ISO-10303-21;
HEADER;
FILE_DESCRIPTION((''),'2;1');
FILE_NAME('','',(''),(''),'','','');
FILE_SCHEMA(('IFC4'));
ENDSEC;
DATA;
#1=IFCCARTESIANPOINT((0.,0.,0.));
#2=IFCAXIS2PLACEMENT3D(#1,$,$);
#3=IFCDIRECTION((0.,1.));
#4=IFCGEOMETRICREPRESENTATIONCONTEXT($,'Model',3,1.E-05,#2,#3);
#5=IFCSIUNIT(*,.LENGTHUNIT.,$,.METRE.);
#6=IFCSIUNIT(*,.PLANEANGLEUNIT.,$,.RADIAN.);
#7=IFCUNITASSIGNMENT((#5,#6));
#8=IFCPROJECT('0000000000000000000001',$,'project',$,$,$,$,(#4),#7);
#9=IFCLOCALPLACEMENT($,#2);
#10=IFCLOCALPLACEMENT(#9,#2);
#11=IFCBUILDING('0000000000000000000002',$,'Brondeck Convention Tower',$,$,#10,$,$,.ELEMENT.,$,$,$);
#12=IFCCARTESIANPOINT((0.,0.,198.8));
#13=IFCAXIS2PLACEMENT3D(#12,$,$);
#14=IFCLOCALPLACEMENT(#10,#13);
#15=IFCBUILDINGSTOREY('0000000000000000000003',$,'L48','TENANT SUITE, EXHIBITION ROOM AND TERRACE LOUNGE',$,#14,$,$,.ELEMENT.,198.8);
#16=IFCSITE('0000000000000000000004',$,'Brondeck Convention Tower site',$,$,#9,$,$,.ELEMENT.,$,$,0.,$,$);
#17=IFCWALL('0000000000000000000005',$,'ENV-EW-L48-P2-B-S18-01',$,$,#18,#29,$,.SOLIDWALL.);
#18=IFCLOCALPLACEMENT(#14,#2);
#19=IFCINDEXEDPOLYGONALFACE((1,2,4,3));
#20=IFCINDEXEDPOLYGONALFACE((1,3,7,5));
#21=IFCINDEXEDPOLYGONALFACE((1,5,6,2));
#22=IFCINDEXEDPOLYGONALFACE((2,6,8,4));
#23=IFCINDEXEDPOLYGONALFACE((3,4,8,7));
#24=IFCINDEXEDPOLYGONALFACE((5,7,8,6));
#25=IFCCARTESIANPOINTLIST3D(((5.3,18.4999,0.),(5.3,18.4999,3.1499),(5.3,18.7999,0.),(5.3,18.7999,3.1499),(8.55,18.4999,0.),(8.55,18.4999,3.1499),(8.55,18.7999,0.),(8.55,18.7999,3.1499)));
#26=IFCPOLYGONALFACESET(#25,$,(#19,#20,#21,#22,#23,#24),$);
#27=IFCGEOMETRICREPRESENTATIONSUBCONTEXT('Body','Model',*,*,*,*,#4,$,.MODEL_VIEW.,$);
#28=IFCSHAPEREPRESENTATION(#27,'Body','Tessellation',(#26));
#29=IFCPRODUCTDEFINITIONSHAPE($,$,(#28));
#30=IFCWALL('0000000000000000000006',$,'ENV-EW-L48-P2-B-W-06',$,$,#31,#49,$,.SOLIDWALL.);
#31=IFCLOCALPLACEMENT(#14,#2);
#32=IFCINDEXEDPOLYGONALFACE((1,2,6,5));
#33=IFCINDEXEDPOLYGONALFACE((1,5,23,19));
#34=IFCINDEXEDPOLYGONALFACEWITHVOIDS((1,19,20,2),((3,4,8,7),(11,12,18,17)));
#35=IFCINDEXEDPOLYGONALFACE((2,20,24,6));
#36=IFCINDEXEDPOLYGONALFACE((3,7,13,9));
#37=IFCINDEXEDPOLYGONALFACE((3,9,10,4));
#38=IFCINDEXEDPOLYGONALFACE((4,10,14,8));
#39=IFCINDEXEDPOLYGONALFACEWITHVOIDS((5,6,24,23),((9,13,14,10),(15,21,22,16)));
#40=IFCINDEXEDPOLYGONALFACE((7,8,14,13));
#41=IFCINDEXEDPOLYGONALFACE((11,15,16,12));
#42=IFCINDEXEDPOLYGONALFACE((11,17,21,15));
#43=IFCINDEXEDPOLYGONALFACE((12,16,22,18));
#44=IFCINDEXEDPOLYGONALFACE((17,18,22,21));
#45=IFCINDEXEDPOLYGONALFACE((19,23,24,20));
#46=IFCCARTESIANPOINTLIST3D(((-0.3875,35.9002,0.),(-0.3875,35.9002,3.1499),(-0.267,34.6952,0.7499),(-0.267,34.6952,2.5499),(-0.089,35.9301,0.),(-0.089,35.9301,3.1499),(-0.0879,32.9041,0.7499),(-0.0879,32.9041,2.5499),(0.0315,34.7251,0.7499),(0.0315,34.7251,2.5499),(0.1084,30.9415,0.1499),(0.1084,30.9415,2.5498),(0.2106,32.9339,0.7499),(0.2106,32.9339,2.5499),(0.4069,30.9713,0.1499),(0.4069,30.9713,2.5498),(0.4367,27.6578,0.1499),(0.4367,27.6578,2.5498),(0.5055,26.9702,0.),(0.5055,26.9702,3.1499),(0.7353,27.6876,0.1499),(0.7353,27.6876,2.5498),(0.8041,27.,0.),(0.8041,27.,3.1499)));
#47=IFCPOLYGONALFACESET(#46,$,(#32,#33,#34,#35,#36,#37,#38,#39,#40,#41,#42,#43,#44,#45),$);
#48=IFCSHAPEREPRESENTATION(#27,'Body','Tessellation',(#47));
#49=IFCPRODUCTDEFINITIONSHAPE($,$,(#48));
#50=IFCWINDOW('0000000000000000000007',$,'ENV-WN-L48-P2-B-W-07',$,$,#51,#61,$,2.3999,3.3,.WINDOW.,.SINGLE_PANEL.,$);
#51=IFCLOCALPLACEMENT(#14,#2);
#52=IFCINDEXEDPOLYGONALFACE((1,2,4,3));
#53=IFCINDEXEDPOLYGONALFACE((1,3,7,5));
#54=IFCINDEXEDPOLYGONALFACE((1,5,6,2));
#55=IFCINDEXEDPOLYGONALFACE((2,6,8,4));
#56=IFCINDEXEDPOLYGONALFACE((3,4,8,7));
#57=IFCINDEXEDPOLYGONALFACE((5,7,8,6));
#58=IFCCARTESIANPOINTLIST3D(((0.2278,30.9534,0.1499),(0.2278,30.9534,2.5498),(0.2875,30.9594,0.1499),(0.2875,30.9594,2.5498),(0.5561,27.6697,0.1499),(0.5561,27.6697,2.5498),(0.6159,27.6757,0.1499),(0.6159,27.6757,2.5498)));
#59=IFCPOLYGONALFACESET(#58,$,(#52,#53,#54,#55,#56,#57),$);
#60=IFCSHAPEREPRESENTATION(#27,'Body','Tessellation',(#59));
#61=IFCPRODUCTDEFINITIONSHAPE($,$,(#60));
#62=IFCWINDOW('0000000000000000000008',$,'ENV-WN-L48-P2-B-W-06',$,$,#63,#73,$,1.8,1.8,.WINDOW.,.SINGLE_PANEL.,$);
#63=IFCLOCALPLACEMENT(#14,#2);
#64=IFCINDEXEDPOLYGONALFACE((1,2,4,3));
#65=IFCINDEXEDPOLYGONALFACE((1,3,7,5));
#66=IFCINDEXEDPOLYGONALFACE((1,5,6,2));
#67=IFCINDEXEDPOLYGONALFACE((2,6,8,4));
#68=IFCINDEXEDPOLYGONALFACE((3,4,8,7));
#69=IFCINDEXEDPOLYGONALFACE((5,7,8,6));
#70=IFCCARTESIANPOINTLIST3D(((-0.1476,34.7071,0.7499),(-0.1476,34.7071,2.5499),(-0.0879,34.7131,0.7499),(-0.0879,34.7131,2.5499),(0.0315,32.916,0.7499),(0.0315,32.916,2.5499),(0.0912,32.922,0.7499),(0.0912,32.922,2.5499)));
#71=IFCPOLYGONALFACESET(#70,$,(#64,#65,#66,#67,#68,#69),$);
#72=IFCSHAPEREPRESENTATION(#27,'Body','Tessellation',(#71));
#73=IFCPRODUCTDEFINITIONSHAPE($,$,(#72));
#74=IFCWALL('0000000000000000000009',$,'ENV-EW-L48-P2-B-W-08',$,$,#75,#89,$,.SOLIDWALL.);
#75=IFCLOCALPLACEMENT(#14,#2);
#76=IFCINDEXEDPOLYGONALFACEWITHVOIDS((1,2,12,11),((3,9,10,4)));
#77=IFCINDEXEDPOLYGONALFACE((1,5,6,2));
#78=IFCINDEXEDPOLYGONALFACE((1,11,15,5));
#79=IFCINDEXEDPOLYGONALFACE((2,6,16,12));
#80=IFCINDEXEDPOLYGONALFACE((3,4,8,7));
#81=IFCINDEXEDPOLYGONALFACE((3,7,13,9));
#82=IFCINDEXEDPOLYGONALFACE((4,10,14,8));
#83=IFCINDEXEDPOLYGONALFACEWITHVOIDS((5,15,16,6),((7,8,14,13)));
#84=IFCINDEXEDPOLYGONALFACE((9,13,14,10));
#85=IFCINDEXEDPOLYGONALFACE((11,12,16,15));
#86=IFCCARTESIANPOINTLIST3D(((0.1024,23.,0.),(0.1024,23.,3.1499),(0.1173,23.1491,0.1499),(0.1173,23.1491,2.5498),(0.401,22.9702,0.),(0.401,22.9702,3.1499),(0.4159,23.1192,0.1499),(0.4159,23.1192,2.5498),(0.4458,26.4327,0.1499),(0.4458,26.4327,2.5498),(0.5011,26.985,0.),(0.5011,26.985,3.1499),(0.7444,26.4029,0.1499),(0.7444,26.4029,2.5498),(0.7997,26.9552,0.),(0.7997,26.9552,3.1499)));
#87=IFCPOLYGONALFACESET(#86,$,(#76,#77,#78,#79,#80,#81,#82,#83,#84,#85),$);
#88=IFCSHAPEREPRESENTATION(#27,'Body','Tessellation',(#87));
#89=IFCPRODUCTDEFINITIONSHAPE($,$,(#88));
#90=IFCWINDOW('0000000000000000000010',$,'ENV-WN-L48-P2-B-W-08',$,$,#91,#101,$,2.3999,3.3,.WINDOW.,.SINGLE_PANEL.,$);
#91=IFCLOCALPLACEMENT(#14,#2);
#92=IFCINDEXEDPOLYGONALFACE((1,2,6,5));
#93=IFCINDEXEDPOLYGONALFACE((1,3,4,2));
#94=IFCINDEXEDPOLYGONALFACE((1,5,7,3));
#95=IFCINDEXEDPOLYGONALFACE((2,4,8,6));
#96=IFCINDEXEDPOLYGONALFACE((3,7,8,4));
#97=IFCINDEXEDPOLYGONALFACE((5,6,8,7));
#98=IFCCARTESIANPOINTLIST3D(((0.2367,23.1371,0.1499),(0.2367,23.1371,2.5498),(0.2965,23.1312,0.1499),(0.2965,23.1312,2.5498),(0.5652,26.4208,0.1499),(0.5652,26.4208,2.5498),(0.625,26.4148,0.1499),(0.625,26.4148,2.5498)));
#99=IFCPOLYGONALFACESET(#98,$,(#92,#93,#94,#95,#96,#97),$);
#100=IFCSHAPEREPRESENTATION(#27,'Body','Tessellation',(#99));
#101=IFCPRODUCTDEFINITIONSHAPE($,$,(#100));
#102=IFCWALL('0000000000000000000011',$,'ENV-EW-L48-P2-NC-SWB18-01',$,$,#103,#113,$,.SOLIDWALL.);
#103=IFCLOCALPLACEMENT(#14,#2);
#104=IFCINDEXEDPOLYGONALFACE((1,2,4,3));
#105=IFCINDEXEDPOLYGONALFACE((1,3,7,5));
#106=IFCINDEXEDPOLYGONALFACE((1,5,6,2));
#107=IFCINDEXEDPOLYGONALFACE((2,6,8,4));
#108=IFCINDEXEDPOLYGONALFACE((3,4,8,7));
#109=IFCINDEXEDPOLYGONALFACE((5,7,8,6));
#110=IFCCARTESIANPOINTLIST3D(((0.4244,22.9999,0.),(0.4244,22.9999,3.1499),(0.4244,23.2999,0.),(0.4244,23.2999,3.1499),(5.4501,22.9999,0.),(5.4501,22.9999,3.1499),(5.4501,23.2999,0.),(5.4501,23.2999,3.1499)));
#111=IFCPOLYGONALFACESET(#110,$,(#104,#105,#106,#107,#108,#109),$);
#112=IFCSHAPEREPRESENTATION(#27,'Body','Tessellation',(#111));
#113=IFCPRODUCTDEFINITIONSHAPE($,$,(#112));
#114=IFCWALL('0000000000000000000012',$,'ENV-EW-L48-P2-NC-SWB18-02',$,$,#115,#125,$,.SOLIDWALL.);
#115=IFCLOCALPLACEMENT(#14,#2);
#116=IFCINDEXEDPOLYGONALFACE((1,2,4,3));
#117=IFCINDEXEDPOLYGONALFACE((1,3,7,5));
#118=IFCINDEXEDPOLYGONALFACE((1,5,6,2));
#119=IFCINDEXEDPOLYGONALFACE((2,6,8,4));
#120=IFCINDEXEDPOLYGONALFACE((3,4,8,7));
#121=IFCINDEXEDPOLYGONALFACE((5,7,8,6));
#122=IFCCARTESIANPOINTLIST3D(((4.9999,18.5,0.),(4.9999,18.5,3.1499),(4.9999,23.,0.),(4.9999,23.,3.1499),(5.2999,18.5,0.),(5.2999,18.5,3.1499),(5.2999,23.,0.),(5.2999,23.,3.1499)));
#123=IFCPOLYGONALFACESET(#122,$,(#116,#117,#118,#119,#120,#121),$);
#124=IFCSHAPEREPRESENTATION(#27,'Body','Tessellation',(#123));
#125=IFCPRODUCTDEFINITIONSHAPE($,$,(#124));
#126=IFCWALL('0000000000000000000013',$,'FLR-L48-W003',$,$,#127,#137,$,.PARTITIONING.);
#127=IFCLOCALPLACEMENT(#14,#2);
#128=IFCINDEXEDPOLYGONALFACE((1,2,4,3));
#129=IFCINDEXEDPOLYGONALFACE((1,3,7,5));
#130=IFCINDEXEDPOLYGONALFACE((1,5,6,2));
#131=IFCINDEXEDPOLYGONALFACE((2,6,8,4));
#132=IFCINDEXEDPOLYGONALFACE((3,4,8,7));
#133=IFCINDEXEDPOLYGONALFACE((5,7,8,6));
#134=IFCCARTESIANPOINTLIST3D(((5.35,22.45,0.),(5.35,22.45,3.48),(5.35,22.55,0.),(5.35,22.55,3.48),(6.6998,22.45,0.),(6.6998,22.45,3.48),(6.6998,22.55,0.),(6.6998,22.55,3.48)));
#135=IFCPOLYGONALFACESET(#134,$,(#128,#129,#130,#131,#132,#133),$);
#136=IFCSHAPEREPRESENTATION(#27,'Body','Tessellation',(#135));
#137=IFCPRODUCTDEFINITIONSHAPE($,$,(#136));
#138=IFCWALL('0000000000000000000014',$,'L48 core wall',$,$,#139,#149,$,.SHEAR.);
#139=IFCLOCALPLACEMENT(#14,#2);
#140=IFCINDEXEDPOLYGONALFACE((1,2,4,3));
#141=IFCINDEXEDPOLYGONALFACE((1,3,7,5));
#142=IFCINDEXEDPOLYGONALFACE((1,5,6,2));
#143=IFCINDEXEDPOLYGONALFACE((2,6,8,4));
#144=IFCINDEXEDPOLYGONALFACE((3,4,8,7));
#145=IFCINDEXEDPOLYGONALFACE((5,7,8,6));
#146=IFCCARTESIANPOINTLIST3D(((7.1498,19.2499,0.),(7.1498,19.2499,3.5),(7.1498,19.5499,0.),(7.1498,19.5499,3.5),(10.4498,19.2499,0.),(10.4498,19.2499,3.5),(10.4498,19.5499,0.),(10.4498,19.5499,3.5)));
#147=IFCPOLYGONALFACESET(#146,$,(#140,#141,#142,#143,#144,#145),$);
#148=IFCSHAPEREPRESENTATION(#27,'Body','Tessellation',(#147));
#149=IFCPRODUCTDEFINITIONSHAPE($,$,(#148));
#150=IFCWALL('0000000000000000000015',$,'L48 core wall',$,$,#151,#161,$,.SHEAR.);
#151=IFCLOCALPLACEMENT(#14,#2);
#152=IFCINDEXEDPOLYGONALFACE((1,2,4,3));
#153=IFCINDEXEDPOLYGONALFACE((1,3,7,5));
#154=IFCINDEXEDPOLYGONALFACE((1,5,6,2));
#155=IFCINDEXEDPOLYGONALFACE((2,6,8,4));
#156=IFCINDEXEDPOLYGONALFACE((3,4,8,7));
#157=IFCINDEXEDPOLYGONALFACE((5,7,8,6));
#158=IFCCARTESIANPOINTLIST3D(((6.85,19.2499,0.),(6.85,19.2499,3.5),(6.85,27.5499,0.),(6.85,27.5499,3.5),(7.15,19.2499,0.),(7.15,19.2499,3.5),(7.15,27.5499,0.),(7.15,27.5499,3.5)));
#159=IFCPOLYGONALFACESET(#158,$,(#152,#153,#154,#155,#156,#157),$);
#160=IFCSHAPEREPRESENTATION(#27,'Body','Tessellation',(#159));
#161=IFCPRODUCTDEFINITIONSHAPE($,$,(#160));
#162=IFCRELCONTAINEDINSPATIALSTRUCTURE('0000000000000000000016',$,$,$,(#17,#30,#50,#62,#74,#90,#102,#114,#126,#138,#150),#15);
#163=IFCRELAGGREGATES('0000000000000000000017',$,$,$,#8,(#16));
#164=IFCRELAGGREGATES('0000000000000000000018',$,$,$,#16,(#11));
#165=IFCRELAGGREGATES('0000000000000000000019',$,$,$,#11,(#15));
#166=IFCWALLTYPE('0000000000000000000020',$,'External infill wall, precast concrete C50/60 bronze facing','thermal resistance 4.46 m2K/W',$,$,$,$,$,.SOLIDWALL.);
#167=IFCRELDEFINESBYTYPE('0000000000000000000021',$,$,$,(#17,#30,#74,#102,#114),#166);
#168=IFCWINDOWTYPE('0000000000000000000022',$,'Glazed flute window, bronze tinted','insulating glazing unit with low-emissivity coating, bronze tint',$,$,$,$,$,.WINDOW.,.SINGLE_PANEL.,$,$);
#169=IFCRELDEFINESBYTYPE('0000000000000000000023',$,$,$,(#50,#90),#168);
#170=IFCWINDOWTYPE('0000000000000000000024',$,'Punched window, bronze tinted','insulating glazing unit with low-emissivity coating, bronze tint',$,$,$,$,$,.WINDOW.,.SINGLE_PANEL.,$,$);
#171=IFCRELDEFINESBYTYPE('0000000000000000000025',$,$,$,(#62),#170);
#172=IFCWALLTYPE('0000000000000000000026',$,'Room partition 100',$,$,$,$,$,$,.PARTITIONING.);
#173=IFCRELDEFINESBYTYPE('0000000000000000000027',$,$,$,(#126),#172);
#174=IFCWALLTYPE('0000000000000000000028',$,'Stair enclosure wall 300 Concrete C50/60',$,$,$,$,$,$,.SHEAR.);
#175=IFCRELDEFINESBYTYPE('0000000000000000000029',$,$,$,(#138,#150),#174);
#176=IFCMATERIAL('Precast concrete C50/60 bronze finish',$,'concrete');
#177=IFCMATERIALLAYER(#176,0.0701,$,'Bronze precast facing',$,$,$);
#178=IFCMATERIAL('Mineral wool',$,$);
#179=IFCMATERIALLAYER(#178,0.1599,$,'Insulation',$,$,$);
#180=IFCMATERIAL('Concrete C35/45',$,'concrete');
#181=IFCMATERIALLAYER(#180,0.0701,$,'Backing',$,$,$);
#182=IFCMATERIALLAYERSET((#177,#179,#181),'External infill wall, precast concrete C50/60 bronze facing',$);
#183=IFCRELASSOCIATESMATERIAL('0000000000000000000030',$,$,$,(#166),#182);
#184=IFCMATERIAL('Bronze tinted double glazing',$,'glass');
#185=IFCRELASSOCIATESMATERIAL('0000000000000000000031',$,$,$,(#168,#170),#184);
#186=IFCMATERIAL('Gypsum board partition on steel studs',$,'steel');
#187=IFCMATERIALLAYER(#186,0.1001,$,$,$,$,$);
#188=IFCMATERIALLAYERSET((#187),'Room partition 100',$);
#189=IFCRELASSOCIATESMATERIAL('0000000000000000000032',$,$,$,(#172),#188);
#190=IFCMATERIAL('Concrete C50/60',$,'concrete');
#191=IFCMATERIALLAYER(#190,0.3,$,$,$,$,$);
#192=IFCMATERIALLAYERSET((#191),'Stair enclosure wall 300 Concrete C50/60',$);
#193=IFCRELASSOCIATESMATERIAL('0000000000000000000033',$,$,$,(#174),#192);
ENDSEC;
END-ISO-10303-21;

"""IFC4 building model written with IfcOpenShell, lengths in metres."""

from ifc_helpers import new_model, si_unit, direction, frame, frame_2d, origin, place, context, subcontext, project, spatial, rectangle, extrude, material, layer, layer_set, type_object, element, fill, save


model = new_model("IFC4")

# Units and contexts
model_context = context("Model", 3, precision=1e-05, world=origin(), true_north=direction((0.0, 1.0)))
body_context = subcontext(model_context, "Body", "Model", "MODEL_VIEW")
ifc_project = project(units=[si_unit("LENGTHUNIT", "METRE"), si_unit("PLANEANGLEUNIT", "RADIAN")], contexts=[model_context])

# Site, building, storey
site_placement = place(None, origin())
site = spatial("IfcSite", under=ifc_project, at=site_placement, Name="Brondeck Convention Tower site", CompositionType="ELEMENT", RefElevation=0.0)
building_placement = place(site_placement, origin())
building = spatial("IfcBuilding", under=site, at=building_placement, Name="Brondeck Convention Tower", CompositionType="ELEMENT")
storey_placement = place(building_placement, frame((0.0, 0.0, 198.8)))
storey = spatial("IfcBuildingStorey", under=building, at=storey_placement, Name="L48", Description="TENANT SUITE, EXHIBITION ROOM AND TERRACE LOUNGE", CompositionType="ELEMENT", Elevation=198.8)

# Shared definitions
ifc_material_1 = material(Name="Concrete C50/60", Category="concrete")

# Wall
ifc_material_2 = material(Name="Precast concrete C50/60 bronze finish", Category="concrete")
ifc_layer_1 = layer(ifc_material_2, 0.0701, Name="Bronze precast facing")
ifc_material_3 = material(Name="Mineral wool")
ifc_layer_2 = layer(ifc_material_3, 0.1599, Name="Insulation")
ifc_material_4 = material(Name="Concrete C35/45", Category="concrete")
ifc_layer_3 = layer(ifc_material_4, 0.0701, Name="Backing")
ifc_layer_set_1 = layer_set([ifc_layer_1, ifc_layer_2, ifc_layer_3], Name="External infill wall, precast concrete C50/60 bronze facing")
wall_type_1 = type_object("IfcWallType", Name="External infill wall, precast concrete C50/60 bronze facing", Description="thermal resistance 4.46 m2K/W", PredefinedType="SOLIDWALL", material=ifc_layer_set_1)
wall_1_placement = place(storey_placement, frame((8.55, 18.6499, 0.0), z_axis=(0.0, 0.0, 1.0), x_axis=(-1.0, 0.0, 0.0)))
element("IfcWall", 1, at=wall_1_placement, inside=storey, type_object=wall_type_1, Name="ENV-EW-L48-P2-B-S18-01", PredefinedType="SOLIDWALL", context=body_context, shape_type="SweptSolid", body=[
    extrude(rectangle(XDim=3.25, YDim=0.3, at=frame_2d((1.625, 0.0))), origin(), (0.0, 0.0, 1.0), 3.1499),
])

# Wall, openings, windows
wall_2_placement = place(storey_placement, frame((0.6548, 26.9851, 0.0), z_axis=(0.0, 0.0, 1.0), x_axis=(-0.099509, 0.995037, 0.0)))
wall_2 = element("IfcWall", 2, at=wall_2_placement, inside=storey, type_object=wall_type_1, Name="ENV-EW-L48-P2-B-W-06", PredefinedType="SOLIDWALL", context=body_context, shape_type="SweptSolid", body=[
    extrude(rectangle(XDim=8.9746, YDim=0.3, at=frame_2d((4.4873, 0.0))), origin(), (0.0, 0.0, 1.0), 3.1499),
])
opening_1_placement = place(wall_2_placement, frame((0.6912, 0.0, 0.1499)))
opening_1 = element("IfcOpeningElement", 3, at=opening_1_placement, cuts=wall_2, PredefinedType="OPENING", context=body_context, shape_type="SweptSolid", body=[
    extrude(rectangle(XDim=3.3, YDim=2.3999, at=frame_2d((1.6499, 1.2))), frame((0.0, 0.1599, 0.0), z_axis=(0.0, -1.0, 0.0), x_axis=(1.0, 0.0, 0.0)), (0.0, 0.0, 1.0), 0.3201),
])
opening_2_placement = place(wall_2_placement, frame((5.9636, 0.0, 0.75)))
opening_2 = element("IfcOpeningElement", 4, at=opening_2_placement, cuts=wall_2, PredefinedType="OPENING", context=body_context, shape_type="SweptSolid", body=[
    extrude(rectangle(XDim=1.8, YDim=1.8, at=frame_2d((0.8999, 0.8999))), frame((0.0, 0.1599, 0.0), z_axis=(0.0, -1.0, 0.0), x_axis=(1.0, 0.0, 0.0)), (0.0, 0.0, 1.0), 0.3201),
])
ifc_material_5 = material(Name="Bronze tinted double glazing", Category="glass")
window_type_1 = type_object("IfcWindowType", Name="Glazed flute window, bronze tinted", Description="insulating glazing unit with low-emissivity coating, bronze tint", PartitioningType="SINGLE_PANEL", PredefinedType="WINDOW", material=ifc_material_5)
window_1_placement = place(opening_1_placement, origin())
window_1 = element("IfcWindow", 5, at=window_1_placement, inside=storey, type_object=window_type_1, Name="ENV-WN-L48-P2-B-W-07", OverallHeight=2.3999, OverallWidth=3.3, PartitioningType="SINGLE_PANEL", PredefinedType="WINDOW", context=body_context, shape_type="SweptSolid", body=[
    extrude(rectangle(XDim=3.3, YDim=2.3999, at=frame_2d((1.6499, 1.2))), frame((0.0, 0.03, 0.0), z_axis=(0.0, -1.0, 0.0), x_axis=(1.0, 0.0, 0.0)), (0.0, 0.0, 1.0), 0.0601),
])
fill(opening_1, window_1)
window_type_2 = type_object("IfcWindowType", Name="Punched window, bronze tinted", Description="insulating glazing unit with low-emissivity coating, bronze tint", PartitioningType="SINGLE_PANEL", PredefinedType="WINDOW", material=ifc_material_5)
window_2_placement = place(opening_2_placement, origin())
window_2 = element("IfcWindow", 6, at=window_2_placement, inside=storey, type_object=window_type_2, Name="ENV-WN-L48-P2-B-W-06", OverallHeight=1.8, OverallWidth=1.8, PartitioningType="SINGLE_PANEL", PredefinedType="WINDOW", context=body_context, shape_type="SweptSolid", body=[
    extrude(rectangle(XDim=1.8, YDim=1.8, at=frame_2d((0.8999, 0.8999))), frame((0.0, 0.03, 0.0), z_axis=(0.0, -1.0, 0.0), x_axis=(1.0, 0.0, 0.0)), (0.0, 0.0, 1.0), 0.0601),
])
fill(opening_2, window_2)

# Wall, opening, window
wall_3_placement = place(storey_placement, frame((0.2517, 22.9851, 0.0), z_axis=(0.0, 0.0, 1.0), x_axis=(0.099546, 0.995033, 0.0)))
wall_3 = element("IfcWall", 7, at=wall_3_placement, inside=storey, type_object=wall_type_1, Name="ENV-EW-L48-P2-B-W-08", PredefinedType="SOLIDWALL", context=body_context, shape_type="SweptSolid", body=[
    extrude(rectangle(XDim=4.0049, YDim=0.3, at=frame_2d((2.0024, 0.0))), origin(), (0.0, 0.0, 1.0), 3.1499),
])
opening_3_placement = place(wall_3_placement, frame((0.1499, 0.0, 0.1499)))
opening_3 = element("IfcOpeningElement", 8, at=opening_3_placement, cuts=wall_3, PredefinedType="OPENING", context=body_context, shape_type="SweptSolid", body=[
    extrude(rectangle(XDim=3.3, YDim=2.3999, at=frame_2d((1.6499, 1.2))), frame((0.0, 0.1599, 0.0), z_axis=(0.0, -1.0, 0.0), x_axis=(1.0, 0.0, 0.0)), (0.0, 0.0, 1.0), 0.3201),
])
window_3_placement = place(opening_3_placement, origin())
window_3 = element("IfcWindow", 9, at=window_3_placement, inside=storey, type_object=window_type_1, Name="ENV-WN-L48-P2-B-W-08", OverallHeight=2.3999, OverallWidth=3.3, PartitioningType="SINGLE_PANEL", PredefinedType="WINDOW", context=body_context, shape_type="SweptSolid", body=[
    extrude(rectangle(XDim=3.3, YDim=2.3999, at=frame_2d((1.6499, 1.2))), frame((0.0, 0.03, 0.0), z_axis=(0.0, -1.0, 0.0), x_axis=(1.0, 0.0, 0.0)), (0.0, 0.0, 1.0), 0.0601),
])
fill(opening_3, window_3)

# Walls
wall_4_placement = place(storey_placement, frame((5.45, 23.1499, 0.0), z_axis=(0.0, 0.0, 1.0), x_axis=(-1.0, 0.0, 0.0)))
element("IfcWall", 10, at=wall_4_placement, inside=storey, type_object=wall_type_1, Name="ENV-EW-L48-P2-NC-SWB18-01", PredefinedType="SOLIDWALL", context=body_context, shape_type="SweptSolid", body=[
    extrude(rectangle(XDim=5.0256, YDim=0.3, at=frame_2d((2.5127, 0.0))), origin(), (0.0, 0.0, 1.0), 3.1499),
])
wall_5_placement = place(storey_placement, frame((5.1499, 18.5, 0.0), z_axis=(0.0, 0.0, 1.0), x_axis=(0.0, 1.0, 0.0)))
element("IfcWall", 11, at=wall_5_placement, inside=storey, type_object=wall_type_1, Name="ENV-EW-L48-P2-NC-SWB18-02", PredefinedType="SOLIDWALL", context=body_context, shape_type="SweptSolid", body=[
    extrude(rectangle(XDim=4.5, YDim=0.3, at=frame_2d((2.25, 0.0))), origin(), (0.0, 0.0, 1.0), 3.1499),
])
ifc_material_6 = material(Name="Gypsum board partition on steel studs", Category="steel")
ifc_layer_4 = layer(ifc_material_6, 0.1001)
ifc_layer_set_2 = layer_set([ifc_layer_4], Name="Room partition 100")
wall_type_2 = type_object("IfcWallType", Name="Room partition 100", PredefinedType="PARTITIONING", material=ifc_layer_set_2)
wall_6_placement = place(storey_placement, frame((5.3501, 22.5, 0.0), z_axis=(0.0, 0.0, 1.0), x_axis=(1.0, 0.0, 0.0)))
element("IfcWall", 12, at=wall_6_placement, inside=storey, type_object=wall_type_2, Name="FLR-L48-W003", PredefinedType="PARTITIONING", context=body_context, shape_type="SweptSolid", body=[
    extrude(rectangle(XDim=1.3499, YDim=0.1001, at=frame_2d((0.6748, 0.0))), origin(), (0.0, 0.0, 1.0), 3.48),
])
ifc_layer_5 = layer(ifc_material_1, 0.3)
ifc_layer_set_3 = layer_set([ifc_layer_5], Name="Stair enclosure wall 300 Concrete C50/60")
wall_type_3 = type_object("IfcWallType", Name="Stair enclosure wall 300 Concrete C50/60", PredefinedType="SHEAR", material=ifc_layer_set_3)
wall_7_placement = place(storey_placement, frame((7.1499, 19.3999, 0.0), z_axis=(0.0, 0.0, 1.0), x_axis=(1.0, 0.0, 0.0)))
element("IfcWall", 13, at=wall_7_placement, inside=storey, type_object=wall_type_3, Name="L48 core wall", PredefinedType="SHEAR", context=body_context, shape_type="SweptSolid", body=[
    extrude(rectangle(XDim=3.3, YDim=0.3, at=frame_2d((1.6499, 0.0))), origin(), (0.0, 0.0, 1.0), 3.5),
])
wall_8_placement = place(storey_placement, frame((7.0, 19.25, 0.0), z_axis=(0.0, 0.0, 1.0), x_axis=(0.0, 1.0, 0.0)))
element("IfcWall", 14, at=wall_8_placement, inside=storey, type_object=wall_type_3, Name="L48 core wall", PredefinedType="SHEAR", context=body_context, shape_type="SweptSolid", body=[
    extrude(rectangle(XDim=8.3, YDim=0.3, at=frame_2d((4.1499, 0.0))), origin(), (0.0, 0.0, 1.0), 3.5),
])

save(model, "model.ifc")
